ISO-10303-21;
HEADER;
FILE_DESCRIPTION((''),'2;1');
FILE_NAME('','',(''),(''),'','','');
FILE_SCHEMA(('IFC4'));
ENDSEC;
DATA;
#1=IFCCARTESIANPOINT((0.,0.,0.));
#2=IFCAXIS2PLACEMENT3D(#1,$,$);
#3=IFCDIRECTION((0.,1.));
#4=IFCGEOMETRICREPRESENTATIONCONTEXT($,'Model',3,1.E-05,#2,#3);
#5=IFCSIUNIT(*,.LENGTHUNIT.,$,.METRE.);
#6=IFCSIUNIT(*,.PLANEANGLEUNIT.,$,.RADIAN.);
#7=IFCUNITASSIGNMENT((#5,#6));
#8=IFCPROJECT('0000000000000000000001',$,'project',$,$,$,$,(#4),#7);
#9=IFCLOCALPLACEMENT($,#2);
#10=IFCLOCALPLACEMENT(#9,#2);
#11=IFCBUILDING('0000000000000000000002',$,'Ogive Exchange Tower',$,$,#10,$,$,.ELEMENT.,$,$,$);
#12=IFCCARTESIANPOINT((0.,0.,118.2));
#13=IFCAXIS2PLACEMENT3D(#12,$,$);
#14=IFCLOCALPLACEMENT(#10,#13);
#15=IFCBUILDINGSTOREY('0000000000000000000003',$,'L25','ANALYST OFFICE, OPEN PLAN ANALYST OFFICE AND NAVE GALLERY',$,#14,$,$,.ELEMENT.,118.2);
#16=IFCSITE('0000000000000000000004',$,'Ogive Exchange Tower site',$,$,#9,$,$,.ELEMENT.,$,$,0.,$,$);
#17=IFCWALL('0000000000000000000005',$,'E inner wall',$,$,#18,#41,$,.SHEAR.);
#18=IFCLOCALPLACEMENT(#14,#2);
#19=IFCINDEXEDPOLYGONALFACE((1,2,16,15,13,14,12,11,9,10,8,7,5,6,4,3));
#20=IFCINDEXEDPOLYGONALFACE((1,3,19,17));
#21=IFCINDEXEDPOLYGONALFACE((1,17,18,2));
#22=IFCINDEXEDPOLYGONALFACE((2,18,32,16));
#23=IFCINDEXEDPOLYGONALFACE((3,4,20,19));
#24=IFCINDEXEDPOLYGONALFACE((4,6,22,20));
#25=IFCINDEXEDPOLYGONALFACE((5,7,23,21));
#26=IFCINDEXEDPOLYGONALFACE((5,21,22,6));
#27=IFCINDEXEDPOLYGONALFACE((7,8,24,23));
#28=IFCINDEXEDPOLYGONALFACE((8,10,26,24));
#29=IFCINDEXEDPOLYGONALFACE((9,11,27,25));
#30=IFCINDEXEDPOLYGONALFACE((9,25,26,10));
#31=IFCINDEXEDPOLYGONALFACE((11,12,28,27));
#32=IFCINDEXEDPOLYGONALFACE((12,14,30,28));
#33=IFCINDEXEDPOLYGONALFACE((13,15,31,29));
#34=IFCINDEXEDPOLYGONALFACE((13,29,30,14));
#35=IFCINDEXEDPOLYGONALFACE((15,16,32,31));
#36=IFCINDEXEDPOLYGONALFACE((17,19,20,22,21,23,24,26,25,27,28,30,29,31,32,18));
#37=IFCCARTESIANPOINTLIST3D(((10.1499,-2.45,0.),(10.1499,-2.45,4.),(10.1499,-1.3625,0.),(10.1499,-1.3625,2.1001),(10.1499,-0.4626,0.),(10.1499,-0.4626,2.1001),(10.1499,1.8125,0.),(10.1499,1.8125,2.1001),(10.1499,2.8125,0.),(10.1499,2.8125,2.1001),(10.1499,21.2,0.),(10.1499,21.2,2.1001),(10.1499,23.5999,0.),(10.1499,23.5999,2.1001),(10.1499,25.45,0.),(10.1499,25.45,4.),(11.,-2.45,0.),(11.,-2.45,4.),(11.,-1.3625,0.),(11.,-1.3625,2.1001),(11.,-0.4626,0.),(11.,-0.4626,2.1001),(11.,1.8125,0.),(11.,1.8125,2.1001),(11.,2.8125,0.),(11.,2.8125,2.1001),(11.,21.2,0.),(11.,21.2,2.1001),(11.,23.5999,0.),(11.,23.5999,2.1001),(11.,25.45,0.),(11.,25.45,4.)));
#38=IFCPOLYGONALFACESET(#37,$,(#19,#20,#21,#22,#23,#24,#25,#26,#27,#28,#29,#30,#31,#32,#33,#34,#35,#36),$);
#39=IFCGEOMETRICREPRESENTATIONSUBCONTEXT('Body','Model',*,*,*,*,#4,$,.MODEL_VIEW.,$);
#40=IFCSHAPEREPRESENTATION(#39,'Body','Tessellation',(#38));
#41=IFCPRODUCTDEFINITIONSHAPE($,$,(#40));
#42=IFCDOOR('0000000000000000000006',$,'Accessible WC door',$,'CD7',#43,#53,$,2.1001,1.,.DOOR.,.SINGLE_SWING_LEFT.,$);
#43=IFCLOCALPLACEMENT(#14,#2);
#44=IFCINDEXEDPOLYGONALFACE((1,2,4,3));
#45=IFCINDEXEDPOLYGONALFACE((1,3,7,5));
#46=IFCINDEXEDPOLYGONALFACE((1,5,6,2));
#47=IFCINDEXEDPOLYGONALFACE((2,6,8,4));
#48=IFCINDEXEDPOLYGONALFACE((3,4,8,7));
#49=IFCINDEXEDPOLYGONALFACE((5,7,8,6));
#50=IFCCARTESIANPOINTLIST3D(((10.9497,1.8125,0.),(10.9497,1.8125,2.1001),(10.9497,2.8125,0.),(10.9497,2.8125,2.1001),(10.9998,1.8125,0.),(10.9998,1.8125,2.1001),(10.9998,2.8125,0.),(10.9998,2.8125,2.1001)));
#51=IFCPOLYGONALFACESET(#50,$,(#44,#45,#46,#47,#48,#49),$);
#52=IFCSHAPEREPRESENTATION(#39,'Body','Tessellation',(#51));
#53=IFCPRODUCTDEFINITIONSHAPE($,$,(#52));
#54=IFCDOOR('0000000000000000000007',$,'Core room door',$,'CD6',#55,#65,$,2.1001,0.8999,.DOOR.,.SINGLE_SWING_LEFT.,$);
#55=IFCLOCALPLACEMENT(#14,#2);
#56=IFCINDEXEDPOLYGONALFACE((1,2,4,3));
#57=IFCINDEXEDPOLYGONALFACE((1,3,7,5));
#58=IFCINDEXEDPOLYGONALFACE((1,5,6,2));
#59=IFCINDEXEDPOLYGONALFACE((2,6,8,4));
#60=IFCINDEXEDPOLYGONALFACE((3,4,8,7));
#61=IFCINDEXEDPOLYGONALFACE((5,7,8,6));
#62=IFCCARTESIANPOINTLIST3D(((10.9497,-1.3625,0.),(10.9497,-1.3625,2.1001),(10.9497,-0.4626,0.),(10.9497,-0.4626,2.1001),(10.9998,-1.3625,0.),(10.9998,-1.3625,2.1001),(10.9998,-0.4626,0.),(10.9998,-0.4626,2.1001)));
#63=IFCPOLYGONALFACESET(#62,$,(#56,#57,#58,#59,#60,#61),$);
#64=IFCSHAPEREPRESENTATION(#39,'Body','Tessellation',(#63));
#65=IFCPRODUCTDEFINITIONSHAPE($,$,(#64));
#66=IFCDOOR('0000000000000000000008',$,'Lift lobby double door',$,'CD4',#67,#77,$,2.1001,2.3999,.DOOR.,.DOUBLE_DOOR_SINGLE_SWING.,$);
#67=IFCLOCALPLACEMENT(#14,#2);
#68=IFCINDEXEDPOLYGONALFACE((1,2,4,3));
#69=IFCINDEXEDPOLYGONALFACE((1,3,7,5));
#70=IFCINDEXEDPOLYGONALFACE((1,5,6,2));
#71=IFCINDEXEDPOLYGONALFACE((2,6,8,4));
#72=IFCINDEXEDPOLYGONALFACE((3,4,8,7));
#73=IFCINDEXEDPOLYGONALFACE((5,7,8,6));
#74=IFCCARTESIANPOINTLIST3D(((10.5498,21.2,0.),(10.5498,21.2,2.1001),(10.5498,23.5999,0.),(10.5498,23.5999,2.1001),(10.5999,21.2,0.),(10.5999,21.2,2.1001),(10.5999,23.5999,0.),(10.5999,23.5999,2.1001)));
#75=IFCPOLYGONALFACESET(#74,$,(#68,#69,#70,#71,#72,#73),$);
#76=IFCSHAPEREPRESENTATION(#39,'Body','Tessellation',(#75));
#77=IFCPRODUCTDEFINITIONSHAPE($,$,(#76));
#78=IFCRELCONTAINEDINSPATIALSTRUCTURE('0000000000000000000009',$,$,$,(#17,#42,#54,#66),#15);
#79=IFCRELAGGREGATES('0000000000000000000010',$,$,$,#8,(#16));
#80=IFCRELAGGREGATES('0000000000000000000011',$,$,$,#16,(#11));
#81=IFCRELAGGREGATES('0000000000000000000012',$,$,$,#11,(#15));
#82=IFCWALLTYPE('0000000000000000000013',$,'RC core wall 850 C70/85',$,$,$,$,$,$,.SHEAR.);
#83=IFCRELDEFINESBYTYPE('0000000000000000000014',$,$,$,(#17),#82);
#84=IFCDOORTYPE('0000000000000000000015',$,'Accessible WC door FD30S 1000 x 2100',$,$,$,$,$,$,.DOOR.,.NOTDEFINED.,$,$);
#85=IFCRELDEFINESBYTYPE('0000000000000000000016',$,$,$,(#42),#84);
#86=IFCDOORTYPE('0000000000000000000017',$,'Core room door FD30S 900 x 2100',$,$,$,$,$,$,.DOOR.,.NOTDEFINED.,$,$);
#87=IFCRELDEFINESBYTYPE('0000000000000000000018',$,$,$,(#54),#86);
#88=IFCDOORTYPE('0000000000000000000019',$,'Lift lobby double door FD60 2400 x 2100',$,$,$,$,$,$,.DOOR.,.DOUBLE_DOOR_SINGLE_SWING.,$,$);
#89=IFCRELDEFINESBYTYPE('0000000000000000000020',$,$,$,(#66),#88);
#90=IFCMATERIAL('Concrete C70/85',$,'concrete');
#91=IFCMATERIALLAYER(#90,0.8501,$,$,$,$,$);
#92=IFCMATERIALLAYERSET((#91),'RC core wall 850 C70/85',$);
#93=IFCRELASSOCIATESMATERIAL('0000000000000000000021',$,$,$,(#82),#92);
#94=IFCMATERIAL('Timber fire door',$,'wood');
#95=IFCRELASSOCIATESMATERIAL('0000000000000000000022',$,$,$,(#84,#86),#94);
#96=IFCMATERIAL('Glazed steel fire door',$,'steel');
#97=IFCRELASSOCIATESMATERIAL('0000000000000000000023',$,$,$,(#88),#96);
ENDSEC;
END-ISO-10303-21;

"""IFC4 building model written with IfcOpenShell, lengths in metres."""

from ifc_helpers import new_model, si_unit, direction, frame, frame_2d, origin, place, context, subcontext, project, spatial, rectangle, extrude, material, layer, layer_set, type_object, element, fill, save


model = new_model("IFC4")

# Units and contexts
model_context = context("Model", 3, precision=1e-05, world=origin(), true_north=direction((0.0, 1.0)))
body_context = subcontext(model_context, "Body", "Model", "MODEL_VIEW")
ifc_project = project(units=[si_unit("LENGTHUNIT", "METRE"), si_unit("PLANEANGLEUNIT", "RADIAN")], contexts=[model_context])

# Site, building, storey
site_placement = place(None, origin())
site = spatial("IfcSite", under=ifc_project, at=site_placement, Name="Ogive Exchange Tower site", CompositionType="ELEMENT", RefElevation=0.0)
building_placement = place(site_placement, origin())
building = spatial("IfcBuilding", under=site, at=building_placement, Name="Ogive Exchange Tower", CompositionType="ELEMENT")
storey_placement = place(building_placement, frame((0.0, 0.0, 118.2)))
storey = spatial("IfcBuildingStorey", under=building, at=storey_placement, Name="L25", Description="ANALYST OFFICE, OPEN PLAN ANALYST OFFICE AND NAVE GALLERY", CompositionType="ELEMENT", Elevation=118.2)

# Shared definitions
ifc_material_1 = material(Name="Concrete C70/85", Category="concrete")

# Wall, openings, doors
ifc_layer_1 = layer(ifc_material_1, 0.8501)
ifc_layer_set_1 = layer_set([ifc_layer_1], Name="RC core wall 850 C70/85")
wall_type_1 = type_object("IfcWallType", Name="RC core wall 850 C70/85", PredefinedType="SHEAR", material=ifc_layer_set_1)
wall_1_placement = place(storey_placement, frame((10.575, -2.45, 0.0), z_axis=(0.0, 0.0, 1.0), x_axis=(0.0, 1.0, 0.0)))
wall_1 = element("IfcWall", 1, at=wall_1_placement, inside=storey, type_object=wall_type_1, Name="E inner wall", PredefinedType="SHEAR", context=body_context, shape_type="SweptSolid", body=[
    extrude(rectangle(XDim=27.8999, YDim=0.8501, at=frame_2d((13.95, 0.0))), origin(), (0.0, 0.0, 1.0), 4.0),
])
opening_1_placement = place(wall_1_placement, frame((23.6499, 0.0, 0.0)))
opening_1 = element("IfcOpeningElement", 2, at=opening_1_placement, cuts=wall_1, PredefinedType="OPENING", context=body_context, shape_type="SweptSolid", body=[
    extrude(rectangle(XDim=2.3999, YDim=2.1001, at=frame_2d((1.2, 1.05))), frame((0.0, 0.4351, 0.0), z_axis=(0.0, -1.0, 0.0), x_axis=(1.0, 0.0, 0.0)), (0.0, 0.0, 1.0), 0.8701),
])
opening_2_placement = place(wall_1_placement, frame((1.0874, 0.0, 0.0)))
opening_2 = element("IfcOpeningElement", 3, at=opening_2_placement, cuts=wall_1, PredefinedType="OPENING", context=body_context, shape_type="SweptSolid", body=[
    extrude(rectangle(XDim=0.8999, YDim=2.1001, at=frame_2d((0.45, 1.05))), frame((0.0, 0.4351, 0.0), z_axis=(0.0, -1.0, 0.0), x_axis=(1.0, 0.0, 0.0)), (0.0, 0.0, 1.0), 0.8701),
])
opening_3_placement = place(wall_1_placement, frame((4.2625, 0.0, 0.0)))
opening_3 = element("IfcOpeningElement", 4, at=opening_3_placement, cuts=wall_1, PredefinedType="OPENING", context=body_context, shape_type="SweptSolid", body=[
    extrude(rectangle(XDim=1.0, YDim=2.1001, at=frame_2d((0.5, 1.05))), frame((0.0, 0.4351, 0.0), z_axis=(0.0, -1.0, 0.0), x_axis=(1.0, 0.0, 0.0)), (0.0, 0.0, 1.0), 0.8701),
])
ifc_material_2 = material(Name="Timber fire door", Category="wood")
door_type_1 = type_object("IfcDoorType", Name="Accessible WC door FD30S 1000 x 2100", OperationType="NOTDEFINED", PredefinedType="DOOR", material=ifc_material_2)
door_1_placement = place(opening_3_placement, frame((1.0, -0.7998, 0.0), z_axis=(0.0, 0.0, 1.0), x_axis=(-1.0, 0.0, 0.0)))
door_1 = element("IfcDoor", 5, at=door_1_placement, inside=storey, type_object=door_type_1, Name="Accessible WC door", ObjectType="CD7", OperationType="SINGLE_SWING_LEFT", OverallHeight=2.1001, OverallWidth=1.0, PredefinedType="DOOR", context=body_context, shape_type="SweptSolid", body=[
    extrude(rectangle(XDim=1.0, YDim=2.1001, at=frame_2d((0.5, 1.05))), frame((0.0, -0.375, 0.0), z_axis=(0.0, -1.0, 0.0), x_axis=(1.0, 0.0, 0.0)), (0.0, 0.0, 1.0), 0.05),
])
fill(opening_3, door_1)
door_type_2 = type_object("IfcDoorType", Name="Core room door FD30S 900 x 2100", OperationType="NOTDEFINED", PredefinedType="DOOR", material=ifc_material_2)
door_2_placement = place(opening_2_placement, frame((0.8999, -0.7998, 0.0), z_axis=(0.0, 0.0, 1.0), x_axis=(-1.0, 0.0, 0.0)))
door_2 = element("IfcDoor", 6, at=door_2_placement, inside=storey, type_object=door_type_2, Name="Core room door", ObjectType="CD6", OperationType="SINGLE_SWING_LEFT", OverallHeight=2.1001, OverallWidth=0.8999, PredefinedType="DOOR", context=body_context, shape_type="SweptSolid", body=[
    extrude(rectangle(XDim=0.8999, YDim=2.1001, at=frame_2d((0.45, 1.05))), frame((0.0, -0.375, 0.0), z_axis=(0.0, -1.0, 0.0), x_axis=(1.0, 0.0, 0.0)), (0.0, 0.0, 1.0), 0.05),
])
fill(opening_2, door_2)
ifc_material_3 = material(Name="Glazed steel fire door", Category="steel")
door_type_3 = type_object("IfcDoorType", Name="Lift lobby double door FD60 2400 x 2100", OperationType="DOUBLE_DOOR_SINGLE_SWING", PredefinedType="DOOR", material=ifc_material_3)
door_3_placement = place(opening_1_placement, frame((2.3999, 0.0, 0.0), z_axis=(0.0, 0.0, 1.0), x_axis=(-1.0, 0.0, 0.0)))
door_3 = element("IfcDoor", 7, at=door_3_placement, inside=storey, type_object=door_type_3, Name="Lift lobby double door", ObjectType="CD4", OperationType="DOUBLE_DOOR_SINGLE_SWING", OverallHeight=2.1001, OverallWidth=2.3999, PredefinedType="DOOR", context=body_context, shape_type="SweptSolid", body=[
    extrude(rectangle(XDim=2.3999, YDim=2.1001, at=frame_2d((1.2, 1.05))), frame((0.0, 0.0249, 0.0), z_axis=(0.0, -1.0, 0.0), x_axis=(1.0, 0.0, 0.0)), (0.0, 0.0, 1.0), 0.05),
])
fill(opening_1, door_3)

save(model, "model.ifc")
